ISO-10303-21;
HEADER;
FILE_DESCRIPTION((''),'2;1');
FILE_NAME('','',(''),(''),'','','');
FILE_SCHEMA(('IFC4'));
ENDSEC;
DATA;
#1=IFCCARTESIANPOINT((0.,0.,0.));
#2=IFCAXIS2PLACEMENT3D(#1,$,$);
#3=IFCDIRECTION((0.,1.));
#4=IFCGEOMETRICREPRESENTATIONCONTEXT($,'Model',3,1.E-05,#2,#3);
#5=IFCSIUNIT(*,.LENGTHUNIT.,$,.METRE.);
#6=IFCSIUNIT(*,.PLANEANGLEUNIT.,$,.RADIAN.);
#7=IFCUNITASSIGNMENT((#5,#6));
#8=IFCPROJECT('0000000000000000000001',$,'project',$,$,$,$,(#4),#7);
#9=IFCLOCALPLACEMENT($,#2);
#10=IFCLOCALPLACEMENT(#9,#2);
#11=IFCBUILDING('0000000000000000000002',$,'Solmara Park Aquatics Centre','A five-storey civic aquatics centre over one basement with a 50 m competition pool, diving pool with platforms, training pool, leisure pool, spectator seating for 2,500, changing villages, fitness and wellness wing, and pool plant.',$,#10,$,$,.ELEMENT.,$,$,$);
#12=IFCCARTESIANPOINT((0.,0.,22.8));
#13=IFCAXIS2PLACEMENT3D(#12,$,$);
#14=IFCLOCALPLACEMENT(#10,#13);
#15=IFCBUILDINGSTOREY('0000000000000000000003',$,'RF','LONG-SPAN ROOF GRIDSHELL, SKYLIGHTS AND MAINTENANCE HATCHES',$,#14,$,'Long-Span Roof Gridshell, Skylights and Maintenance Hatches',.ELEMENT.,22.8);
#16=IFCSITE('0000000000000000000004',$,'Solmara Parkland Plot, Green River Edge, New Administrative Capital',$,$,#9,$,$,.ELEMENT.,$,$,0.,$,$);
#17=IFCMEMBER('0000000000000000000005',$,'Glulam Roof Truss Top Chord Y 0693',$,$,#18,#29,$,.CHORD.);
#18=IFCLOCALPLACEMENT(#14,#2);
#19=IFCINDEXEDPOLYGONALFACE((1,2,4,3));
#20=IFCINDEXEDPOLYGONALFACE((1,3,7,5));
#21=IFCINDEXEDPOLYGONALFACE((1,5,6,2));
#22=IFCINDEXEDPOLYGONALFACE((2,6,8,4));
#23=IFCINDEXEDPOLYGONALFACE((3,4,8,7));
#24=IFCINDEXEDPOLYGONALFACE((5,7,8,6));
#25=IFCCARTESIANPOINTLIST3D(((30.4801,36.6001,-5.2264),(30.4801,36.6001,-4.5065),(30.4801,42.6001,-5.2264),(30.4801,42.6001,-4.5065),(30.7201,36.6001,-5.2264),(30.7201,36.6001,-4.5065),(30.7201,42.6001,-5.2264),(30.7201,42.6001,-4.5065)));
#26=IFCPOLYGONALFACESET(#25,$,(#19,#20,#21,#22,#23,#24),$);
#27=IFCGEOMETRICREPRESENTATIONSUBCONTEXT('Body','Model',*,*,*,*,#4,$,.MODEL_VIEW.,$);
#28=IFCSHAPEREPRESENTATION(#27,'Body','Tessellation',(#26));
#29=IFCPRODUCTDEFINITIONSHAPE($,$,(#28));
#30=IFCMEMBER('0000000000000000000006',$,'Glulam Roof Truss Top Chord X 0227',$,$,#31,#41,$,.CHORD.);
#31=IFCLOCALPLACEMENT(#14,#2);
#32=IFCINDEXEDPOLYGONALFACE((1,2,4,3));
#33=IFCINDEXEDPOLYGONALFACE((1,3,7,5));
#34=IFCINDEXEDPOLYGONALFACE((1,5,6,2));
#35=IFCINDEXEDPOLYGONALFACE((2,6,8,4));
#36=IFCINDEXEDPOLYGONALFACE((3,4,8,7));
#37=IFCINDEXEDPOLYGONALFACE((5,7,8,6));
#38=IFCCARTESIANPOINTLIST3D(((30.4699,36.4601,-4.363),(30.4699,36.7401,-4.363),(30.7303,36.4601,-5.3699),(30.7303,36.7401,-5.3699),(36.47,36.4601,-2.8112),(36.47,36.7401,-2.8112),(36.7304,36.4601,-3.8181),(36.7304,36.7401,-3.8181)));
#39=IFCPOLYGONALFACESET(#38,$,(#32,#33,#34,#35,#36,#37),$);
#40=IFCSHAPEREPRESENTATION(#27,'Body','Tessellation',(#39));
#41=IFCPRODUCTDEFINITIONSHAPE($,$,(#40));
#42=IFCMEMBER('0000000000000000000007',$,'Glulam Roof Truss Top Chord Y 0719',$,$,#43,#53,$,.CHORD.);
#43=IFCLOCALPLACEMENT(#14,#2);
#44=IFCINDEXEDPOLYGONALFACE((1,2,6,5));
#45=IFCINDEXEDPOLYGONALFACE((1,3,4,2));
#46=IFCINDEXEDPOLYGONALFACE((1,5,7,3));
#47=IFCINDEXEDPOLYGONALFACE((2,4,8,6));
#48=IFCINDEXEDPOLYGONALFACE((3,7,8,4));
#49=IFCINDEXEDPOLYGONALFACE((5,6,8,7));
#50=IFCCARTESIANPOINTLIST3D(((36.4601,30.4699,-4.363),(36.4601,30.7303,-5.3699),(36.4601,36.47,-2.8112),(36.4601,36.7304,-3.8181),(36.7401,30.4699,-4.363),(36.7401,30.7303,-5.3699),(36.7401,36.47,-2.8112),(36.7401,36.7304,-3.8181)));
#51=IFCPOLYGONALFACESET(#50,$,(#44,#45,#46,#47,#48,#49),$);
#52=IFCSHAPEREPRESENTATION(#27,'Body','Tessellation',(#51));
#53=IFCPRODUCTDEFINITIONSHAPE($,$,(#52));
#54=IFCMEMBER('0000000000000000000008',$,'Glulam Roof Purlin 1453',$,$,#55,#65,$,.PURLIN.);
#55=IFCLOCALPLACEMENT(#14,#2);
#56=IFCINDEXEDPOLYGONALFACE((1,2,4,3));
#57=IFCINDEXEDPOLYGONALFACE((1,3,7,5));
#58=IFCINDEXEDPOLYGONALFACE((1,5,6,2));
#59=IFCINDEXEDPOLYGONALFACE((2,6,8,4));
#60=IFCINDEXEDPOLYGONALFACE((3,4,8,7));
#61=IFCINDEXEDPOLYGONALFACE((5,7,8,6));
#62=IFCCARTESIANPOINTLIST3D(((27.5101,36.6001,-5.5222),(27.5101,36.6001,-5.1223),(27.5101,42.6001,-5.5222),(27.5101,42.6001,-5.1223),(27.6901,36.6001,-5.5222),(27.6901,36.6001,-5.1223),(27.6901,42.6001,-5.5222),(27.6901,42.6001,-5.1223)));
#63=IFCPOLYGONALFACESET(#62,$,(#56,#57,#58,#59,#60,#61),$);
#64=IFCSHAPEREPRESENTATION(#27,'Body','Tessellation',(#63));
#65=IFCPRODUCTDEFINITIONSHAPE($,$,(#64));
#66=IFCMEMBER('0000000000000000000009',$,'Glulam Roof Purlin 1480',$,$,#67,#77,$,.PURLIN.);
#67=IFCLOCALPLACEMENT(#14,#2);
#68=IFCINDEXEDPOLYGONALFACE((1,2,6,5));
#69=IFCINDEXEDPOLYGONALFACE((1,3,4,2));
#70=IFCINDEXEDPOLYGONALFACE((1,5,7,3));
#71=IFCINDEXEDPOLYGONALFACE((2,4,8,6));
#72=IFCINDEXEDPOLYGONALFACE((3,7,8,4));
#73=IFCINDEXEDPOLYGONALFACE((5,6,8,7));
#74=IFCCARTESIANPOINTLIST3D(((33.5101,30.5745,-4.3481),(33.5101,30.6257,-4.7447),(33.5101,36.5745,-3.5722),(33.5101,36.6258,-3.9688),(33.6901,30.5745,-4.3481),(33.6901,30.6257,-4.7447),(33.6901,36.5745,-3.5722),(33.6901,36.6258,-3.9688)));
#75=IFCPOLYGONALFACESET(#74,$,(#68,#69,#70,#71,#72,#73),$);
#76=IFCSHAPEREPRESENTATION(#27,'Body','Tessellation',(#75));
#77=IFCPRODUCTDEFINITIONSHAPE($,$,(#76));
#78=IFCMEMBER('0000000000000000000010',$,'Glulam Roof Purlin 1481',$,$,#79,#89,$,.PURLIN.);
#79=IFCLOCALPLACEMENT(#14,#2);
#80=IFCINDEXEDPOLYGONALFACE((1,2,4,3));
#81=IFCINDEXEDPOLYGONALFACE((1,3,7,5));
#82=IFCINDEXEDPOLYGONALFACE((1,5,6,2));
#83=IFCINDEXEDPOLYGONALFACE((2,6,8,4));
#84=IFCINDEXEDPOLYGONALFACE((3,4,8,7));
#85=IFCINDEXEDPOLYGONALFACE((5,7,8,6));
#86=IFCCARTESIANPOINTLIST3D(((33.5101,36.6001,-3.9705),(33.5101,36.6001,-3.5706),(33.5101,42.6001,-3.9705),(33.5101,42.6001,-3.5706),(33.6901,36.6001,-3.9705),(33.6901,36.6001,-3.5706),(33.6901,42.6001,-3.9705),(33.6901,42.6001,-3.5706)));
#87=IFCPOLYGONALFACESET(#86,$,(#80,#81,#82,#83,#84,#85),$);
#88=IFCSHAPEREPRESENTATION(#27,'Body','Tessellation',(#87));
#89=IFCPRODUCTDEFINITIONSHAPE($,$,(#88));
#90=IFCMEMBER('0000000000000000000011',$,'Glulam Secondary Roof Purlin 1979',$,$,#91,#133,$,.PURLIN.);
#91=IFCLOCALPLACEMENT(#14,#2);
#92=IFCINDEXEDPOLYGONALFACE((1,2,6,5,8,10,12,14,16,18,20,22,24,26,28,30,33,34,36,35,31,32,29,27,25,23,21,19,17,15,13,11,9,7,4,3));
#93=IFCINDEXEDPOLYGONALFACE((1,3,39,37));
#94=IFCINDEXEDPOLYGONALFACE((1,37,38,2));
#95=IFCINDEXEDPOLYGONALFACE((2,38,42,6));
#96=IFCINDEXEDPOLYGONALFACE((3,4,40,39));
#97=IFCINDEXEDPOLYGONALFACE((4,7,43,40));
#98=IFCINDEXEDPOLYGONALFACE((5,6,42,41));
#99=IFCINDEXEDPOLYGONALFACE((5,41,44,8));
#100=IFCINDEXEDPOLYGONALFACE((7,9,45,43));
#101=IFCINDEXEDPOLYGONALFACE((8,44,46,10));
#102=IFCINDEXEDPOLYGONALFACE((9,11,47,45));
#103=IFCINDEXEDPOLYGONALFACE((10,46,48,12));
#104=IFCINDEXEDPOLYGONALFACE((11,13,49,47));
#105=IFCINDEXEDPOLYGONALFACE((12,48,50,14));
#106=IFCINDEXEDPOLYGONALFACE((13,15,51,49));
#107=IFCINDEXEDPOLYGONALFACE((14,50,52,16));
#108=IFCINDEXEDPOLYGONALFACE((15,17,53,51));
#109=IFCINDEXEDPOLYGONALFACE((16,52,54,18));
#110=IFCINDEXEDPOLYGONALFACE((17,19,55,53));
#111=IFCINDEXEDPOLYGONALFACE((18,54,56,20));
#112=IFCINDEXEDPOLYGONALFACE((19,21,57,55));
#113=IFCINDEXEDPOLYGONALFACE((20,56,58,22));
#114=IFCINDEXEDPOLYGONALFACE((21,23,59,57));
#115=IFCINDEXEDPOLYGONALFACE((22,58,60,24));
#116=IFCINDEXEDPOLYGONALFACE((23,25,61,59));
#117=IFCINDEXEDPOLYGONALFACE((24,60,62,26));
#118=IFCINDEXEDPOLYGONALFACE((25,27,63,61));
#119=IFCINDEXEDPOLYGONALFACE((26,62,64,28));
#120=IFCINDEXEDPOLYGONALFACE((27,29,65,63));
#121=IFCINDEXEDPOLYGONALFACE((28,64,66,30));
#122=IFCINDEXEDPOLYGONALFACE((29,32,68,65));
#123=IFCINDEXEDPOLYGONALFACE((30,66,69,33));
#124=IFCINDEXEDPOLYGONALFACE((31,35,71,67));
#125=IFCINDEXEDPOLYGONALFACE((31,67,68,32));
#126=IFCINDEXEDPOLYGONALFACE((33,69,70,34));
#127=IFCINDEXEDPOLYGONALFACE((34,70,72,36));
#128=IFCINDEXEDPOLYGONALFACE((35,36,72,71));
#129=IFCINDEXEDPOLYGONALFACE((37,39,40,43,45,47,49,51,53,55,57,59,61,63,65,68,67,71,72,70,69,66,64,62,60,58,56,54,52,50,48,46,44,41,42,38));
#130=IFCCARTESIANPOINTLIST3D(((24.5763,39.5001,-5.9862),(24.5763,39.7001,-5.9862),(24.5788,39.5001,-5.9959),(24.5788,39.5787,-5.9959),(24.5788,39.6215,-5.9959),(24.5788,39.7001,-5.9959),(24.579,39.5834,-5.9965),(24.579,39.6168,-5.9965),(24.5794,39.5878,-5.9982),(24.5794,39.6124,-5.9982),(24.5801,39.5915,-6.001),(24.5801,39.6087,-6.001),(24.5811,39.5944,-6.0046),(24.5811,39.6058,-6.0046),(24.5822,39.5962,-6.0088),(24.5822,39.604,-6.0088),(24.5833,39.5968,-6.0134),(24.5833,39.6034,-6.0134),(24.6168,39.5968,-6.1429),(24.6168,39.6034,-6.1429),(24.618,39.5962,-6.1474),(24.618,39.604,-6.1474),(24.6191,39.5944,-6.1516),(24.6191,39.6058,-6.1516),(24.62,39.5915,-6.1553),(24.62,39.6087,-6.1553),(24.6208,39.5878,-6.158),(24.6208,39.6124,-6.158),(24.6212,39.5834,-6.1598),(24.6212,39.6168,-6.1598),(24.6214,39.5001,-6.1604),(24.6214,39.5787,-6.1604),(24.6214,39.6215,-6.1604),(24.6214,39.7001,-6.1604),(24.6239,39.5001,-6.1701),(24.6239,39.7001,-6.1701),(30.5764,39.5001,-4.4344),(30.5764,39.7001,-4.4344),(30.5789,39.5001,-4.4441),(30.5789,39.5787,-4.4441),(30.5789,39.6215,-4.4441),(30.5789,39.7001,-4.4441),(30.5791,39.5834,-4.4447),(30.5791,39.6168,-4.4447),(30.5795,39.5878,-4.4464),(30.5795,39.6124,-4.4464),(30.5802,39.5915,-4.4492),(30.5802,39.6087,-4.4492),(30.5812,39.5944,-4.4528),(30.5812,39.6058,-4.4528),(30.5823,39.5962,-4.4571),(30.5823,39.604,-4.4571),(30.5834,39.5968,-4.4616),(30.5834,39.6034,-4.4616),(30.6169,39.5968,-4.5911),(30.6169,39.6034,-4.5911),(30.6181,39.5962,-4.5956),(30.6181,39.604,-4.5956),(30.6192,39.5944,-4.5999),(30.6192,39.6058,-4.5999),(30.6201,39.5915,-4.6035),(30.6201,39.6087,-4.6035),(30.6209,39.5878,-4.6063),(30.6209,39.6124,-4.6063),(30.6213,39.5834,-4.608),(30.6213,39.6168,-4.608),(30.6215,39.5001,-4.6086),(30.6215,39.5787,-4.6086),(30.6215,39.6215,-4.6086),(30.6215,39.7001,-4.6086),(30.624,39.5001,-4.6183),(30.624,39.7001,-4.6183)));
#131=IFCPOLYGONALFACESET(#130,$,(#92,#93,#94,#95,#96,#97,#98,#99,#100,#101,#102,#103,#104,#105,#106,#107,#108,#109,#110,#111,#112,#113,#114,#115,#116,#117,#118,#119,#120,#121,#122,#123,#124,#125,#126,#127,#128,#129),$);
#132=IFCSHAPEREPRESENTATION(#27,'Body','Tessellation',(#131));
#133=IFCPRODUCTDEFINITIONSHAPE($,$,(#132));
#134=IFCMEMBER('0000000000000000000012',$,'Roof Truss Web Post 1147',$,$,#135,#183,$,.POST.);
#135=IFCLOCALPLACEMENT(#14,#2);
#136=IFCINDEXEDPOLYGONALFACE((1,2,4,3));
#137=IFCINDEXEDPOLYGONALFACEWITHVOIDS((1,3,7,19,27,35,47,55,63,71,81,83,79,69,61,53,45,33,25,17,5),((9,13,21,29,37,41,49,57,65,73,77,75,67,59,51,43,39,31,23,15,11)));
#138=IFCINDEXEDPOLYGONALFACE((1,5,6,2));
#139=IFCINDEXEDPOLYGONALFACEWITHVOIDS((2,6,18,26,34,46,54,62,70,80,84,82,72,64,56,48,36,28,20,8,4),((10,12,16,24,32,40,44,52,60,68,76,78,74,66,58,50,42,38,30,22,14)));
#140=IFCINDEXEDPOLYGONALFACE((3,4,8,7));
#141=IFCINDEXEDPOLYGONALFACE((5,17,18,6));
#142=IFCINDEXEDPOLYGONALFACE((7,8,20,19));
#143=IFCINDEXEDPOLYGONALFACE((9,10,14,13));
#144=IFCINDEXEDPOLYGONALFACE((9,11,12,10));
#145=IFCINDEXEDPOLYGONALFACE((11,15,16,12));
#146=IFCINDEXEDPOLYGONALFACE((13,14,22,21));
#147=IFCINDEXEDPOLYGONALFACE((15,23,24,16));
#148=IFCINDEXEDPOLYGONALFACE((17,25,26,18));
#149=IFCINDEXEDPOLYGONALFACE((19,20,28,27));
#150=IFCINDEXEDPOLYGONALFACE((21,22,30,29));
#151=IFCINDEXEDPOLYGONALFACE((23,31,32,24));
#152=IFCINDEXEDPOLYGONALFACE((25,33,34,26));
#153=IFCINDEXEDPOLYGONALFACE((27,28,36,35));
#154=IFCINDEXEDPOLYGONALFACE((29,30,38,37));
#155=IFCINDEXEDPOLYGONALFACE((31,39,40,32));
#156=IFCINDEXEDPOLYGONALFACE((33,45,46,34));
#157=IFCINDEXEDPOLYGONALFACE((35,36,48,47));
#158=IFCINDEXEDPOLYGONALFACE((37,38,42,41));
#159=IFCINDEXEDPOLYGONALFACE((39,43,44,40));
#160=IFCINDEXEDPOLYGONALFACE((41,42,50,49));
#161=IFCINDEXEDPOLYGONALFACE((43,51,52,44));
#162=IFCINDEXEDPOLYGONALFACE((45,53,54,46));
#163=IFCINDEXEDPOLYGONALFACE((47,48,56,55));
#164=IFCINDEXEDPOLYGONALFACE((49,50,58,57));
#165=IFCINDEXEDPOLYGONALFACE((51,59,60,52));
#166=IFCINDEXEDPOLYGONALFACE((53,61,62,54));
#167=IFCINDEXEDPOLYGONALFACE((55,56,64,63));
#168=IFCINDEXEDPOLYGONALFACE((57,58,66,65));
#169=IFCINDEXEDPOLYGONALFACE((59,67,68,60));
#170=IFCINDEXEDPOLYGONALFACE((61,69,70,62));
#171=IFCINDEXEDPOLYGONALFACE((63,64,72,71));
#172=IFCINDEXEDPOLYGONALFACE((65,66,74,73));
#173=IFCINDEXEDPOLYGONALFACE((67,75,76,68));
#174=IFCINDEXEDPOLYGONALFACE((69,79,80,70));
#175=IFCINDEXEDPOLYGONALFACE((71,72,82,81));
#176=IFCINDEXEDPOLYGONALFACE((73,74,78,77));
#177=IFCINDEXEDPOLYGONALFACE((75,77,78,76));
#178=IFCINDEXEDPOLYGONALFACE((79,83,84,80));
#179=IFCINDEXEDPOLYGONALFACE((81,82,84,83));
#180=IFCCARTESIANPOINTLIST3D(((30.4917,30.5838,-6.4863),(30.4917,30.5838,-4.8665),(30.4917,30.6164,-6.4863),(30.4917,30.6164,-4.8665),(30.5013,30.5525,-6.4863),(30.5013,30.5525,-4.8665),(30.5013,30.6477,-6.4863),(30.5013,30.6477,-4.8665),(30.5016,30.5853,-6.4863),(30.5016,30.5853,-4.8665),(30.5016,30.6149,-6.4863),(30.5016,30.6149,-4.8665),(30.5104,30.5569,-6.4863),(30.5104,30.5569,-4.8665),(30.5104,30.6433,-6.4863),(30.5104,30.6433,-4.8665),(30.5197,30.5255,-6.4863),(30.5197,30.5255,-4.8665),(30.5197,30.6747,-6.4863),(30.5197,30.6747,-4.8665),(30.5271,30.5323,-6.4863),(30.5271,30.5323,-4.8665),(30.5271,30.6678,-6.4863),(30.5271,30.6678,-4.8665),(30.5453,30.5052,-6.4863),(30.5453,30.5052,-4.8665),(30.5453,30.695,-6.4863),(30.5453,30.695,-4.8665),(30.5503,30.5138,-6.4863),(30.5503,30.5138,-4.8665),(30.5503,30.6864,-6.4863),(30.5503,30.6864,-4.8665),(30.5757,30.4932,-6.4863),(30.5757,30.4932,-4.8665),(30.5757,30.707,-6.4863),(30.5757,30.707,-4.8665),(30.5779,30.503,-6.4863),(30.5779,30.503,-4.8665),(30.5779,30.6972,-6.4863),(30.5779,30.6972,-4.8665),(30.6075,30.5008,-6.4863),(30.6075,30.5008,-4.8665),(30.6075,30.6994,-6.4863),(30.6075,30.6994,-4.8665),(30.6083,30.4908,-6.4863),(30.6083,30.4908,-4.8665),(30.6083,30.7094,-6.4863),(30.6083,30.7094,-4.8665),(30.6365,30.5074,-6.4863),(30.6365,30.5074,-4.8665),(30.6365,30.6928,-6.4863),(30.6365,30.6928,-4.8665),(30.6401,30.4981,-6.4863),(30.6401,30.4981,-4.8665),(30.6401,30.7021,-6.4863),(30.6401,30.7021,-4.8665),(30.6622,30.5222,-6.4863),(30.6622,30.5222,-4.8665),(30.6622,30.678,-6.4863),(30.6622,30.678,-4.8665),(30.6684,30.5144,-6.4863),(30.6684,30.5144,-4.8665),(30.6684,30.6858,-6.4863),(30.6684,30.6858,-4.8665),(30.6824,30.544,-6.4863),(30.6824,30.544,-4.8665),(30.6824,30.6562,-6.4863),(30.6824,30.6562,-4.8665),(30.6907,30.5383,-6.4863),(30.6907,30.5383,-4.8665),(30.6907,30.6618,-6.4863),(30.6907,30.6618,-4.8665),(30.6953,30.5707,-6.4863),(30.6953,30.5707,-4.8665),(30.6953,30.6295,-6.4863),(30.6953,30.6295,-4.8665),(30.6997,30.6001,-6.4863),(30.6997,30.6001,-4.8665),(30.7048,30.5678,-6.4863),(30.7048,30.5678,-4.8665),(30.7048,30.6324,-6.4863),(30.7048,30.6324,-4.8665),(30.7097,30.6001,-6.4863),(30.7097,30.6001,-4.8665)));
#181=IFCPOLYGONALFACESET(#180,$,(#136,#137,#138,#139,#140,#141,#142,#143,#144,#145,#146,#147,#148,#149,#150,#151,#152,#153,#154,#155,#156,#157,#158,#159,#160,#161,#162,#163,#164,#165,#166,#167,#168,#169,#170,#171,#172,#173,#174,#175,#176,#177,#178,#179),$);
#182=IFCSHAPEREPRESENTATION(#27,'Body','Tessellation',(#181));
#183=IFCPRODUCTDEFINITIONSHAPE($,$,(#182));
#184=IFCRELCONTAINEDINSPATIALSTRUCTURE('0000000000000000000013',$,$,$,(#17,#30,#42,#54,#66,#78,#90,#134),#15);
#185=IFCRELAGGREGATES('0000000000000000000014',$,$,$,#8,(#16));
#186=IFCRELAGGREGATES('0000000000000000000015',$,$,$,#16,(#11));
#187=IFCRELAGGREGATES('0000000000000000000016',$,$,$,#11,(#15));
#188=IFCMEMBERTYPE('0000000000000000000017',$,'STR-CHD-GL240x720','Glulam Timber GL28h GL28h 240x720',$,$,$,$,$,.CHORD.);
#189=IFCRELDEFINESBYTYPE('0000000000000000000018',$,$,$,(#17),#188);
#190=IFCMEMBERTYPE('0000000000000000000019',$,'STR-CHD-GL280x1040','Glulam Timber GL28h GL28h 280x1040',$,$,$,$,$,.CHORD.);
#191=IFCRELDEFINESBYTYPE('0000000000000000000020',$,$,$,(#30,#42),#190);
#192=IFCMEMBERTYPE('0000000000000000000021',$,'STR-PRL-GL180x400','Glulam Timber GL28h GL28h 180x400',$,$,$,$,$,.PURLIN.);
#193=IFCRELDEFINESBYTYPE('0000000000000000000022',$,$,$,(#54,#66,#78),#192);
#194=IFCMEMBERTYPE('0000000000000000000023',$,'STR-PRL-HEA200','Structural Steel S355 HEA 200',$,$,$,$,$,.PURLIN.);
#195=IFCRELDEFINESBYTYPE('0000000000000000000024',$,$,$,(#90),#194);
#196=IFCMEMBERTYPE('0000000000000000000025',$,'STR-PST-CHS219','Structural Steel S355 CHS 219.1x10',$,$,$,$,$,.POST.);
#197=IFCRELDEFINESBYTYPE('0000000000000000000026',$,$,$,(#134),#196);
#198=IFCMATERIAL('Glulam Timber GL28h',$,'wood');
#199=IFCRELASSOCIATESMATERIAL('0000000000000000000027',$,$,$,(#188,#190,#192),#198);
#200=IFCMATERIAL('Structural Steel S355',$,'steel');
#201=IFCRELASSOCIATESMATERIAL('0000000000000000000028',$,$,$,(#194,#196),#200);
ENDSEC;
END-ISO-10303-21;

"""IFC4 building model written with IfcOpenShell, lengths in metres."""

from ifc_helpers import new_model, si_unit, direction, frame, origin, origin_2d, place, context, subcontext, project, spatial, rectangle, hollow_circle, i_section, extrude, material, material_profile, profile_set, type_object, element, save


model = new_model("IFC4")

# Units and contexts
model_context = context("Model", 3, precision=1e-05, world=origin(), true_north=direction((0.0, 1.0)))
body_context = subcontext(model_context, "Body", "Model", "MODEL_VIEW")
ifc_project = project(units=[si_unit("LENGTHUNIT", "METRE"), si_unit("PLANEANGLEUNIT", "RADIAN")], contexts=[model_context])

# Site, building, storey
site_placement = place(None, origin())
site = spatial("IfcSite", under=ifc_project, at=site_placement, Name="Solmara Parkland Plot, Green River Edge, New Administrative Capital", CompositionType="ELEMENT", RefElevation=0.0)
building_placement = place(site_placement, origin())
building = spatial("IfcBuilding", under=site, at=building_placement, Name="Solmara Park Aquatics Centre", Description="A five-storey civic aquatics centre over one basement with a 50 m competition pool, diving pool with platforms, training pool, leisure pool, spectator seating for 2,500, changing villages, fitness and wellness wing, and pool plant.", CompositionType="ELEMENT")
storey_placement = place(building_placement, frame((0.0, 0.0, 22.8)))
storey = spatial("IfcBuildingStorey", under=building, at=storey_placement, Name="RF", Description="LONG-SPAN ROOF GRIDSHELL, SKYLIGHTS AND MAINTENANCE HATCHES", LongName="Long-Span Roof Gridshell, Skylights and Maintenance Hatches", CompositionType="ELEMENT", Elevation=22.8)

# Members
ifc_material_1 = material(Name="Structural Steel S355", Category="steel")
ifc_material_2 = material(Name="Glulam Timber GL28h", Category="wood")
ifc_material_profile_1 = material_profile(ifc_material_2, rectangle(XDim=0.24, YDim=0.72, at=origin_2d()), Name="GL28h 240x720")
ifc_profile_set_1 = profile_set([ifc_material_profile_1], Name="Glulam Timber GL28h")
member_type_1 = type_object("IfcMemberType", Name="STR-CHD-GL240x720", Description="Glulam Timber GL28h GL28h 240x720", PredefinedType="CHORD", material=ifc_profile_set_1)
for number, where, z_axis, x_axis, name in (
    (1, (30.6001, 36.6001, -4.8665), (0.0, 1.0, 0.0), (-1.0, 0.0, 0.0), "Glulam Roof Truss Top Chord Y 0693"),
):
    element("IfcMember", number, at=place(storey_placement, frame(where, z_axis=z_axis, x_axis=x_axis)), inside=storey, type_object=member_type_1, Name=name, PredefinedType="CHORD", context=body_context, shape_type="SweptSolid", body=[
        extrude(rectangle(XDim=0.24, YDim=0.72, at=origin_2d()), origin(), (0.0, 0.0, 1.0), 6.0),
    ])
ifc_material_profile_2 = material_profile(ifc_material_2, rectangle(XDim=0.28, YDim=1.04, at=origin_2d()), Name="GL28h 280x1040")
ifc_profile_set_2 = profile_set([ifc_material_profile_2], Name="Glulam Timber GL28h")
member_type_2 = type_object("IfcMemberType", Name="STR-CHD-GL280x1040", Description="Glulam Timber GL28h GL28h 280x1040", PredefinedType="CHORD", material=ifc_profile_set_2)
for number, where, z_axis, x_axis, name in (
    (2, (30.6001, 36.6001, -4.8665), (0.968146, 0.0, 0.250388), (0.0, 1.0, 0.0), "Glulam Roof Truss Top Chord X 0227"),
    (3, (36.6001, 30.6001, -4.8665), (0.0, 0.968146, 0.250388), (-1.0, 0.0, 0.0), "Glulam Roof Truss Top Chord Y 0719"),
):
    element("IfcMember", number, at=place(storey_placement, frame(where, z_axis=z_axis, x_axis=x_axis)), inside=storey, type_object=member_type_2, Name=name, PredefinedType="CHORD", context=body_context, shape_type="SweptSolid", body=[
        extrude(rectangle(XDim=0.28, YDim=1.04, at=origin_2d()), origin(), (0.0, 0.0, 1.0), 6.1975),
    ])
ifc_material_profile_3 = material_profile(ifc_material_2, rectangle(XDim=0.1799, YDim=0.3999, at=origin_2d()), Name="GL28h 180x400")
ifc_profile_set_3 = profile_set([ifc_material_profile_3], Name="Glulam Timber GL28h")
member_type_3 = type_object("IfcMemberType", Name="STR-PRL-GL180x400", Description="Glulam Timber GL28h GL28h 180x400", PredefinedType="PURLIN", material=ifc_profile_set_3)
member_1_placement = place(storey_placement, frame((27.6001, 36.6001, -5.3223), z_axis=(0.0, 1.0, 0.0), x_axis=(-1.0, 0.0, 0.0)))
element("IfcMember", 4, at=member_1_placement, inside=storey, type_object=member_type_3, Name="Glulam Roof Purlin 1453", PredefinedType="PURLIN", context=body_context, shape_type="SweptSolid", body=[
    extrude(rectangle(XDim=0.1799, YDim=0.3999, at=origin_2d()), origin(), (0.0, 0.0, 1.0), 6.0),
])
member_2_placement = place(storey_placement, frame((33.6001, 30.6001, -4.5464), z_axis=(0.0, 0.991742, 0.128245), x_axis=(-1.0, 0.0, 0.0)))
element("IfcMember", 5, at=member_2_placement, inside=storey, type_object=member_type_3, Name="Glulam Roof Purlin 1480", PredefinedType="PURLIN", context=body_context, shape_type="SweptSolid", body=[
    extrude(rectangle(XDim=0.1799, YDim=0.3999, at=origin_2d()), origin(), (0.0, 0.0, 1.0), 6.05),
])
member_3_placement = place(storey_placement, frame((33.6001, 36.6001, -3.7705), z_axis=(0.0, 1.0, 0.0), x_axis=(-1.0, 0.0, 0.0)))
element("IfcMember", 6, at=member_3_placement, inside=storey, type_object=member_type_3, Name="Glulam Roof Purlin 1481", PredefinedType="PURLIN", context=body_context, shape_type="SweptSolid", body=[
    extrude(rectangle(XDim=0.1799, YDim=0.3999, at=origin_2d()), origin(), (0.0, 0.0, 1.0), 6.0),
])
ifc_material_profile_4 = material_profile(ifc_material_1, i_section(OverallWidth=0.2, OverallDepth=0.1899, WebThickness=0.0066, FlangeThickness=0.01, FilletRadius=0.0181, at=origin_2d()), Name="HEA 200")
ifc_profile_set_4 = profile_set([ifc_material_profile_4], Name="Structural Steel S355")
member_type_4 = type_object("IfcMemberType", Name="STR-PRL-HEA200", Description="Structural Steel S355 HEA 200", PredefinedType="PURLIN", material=ifc_profile_set_4)
member_4_placement = place(storey_placement, frame((24.6001, 39.6001, -6.0781), z_axis=(0.968146, 0.0, 0.250388), x_axis=(0.0, 1.0, 0.0)))
element("IfcMember", 7, at=member_4_placement, inside=storey, type_object=member_type_4, Name="Glulam Secondary Roof Purlin 1979", PredefinedType="PURLIN", context=body_context, shape_type="SweptSolid", body=[
    extrude(i_section(OverallWidth=0.2, OverallDepth=0.1899, WebThickness=0.0066, FlangeThickness=0.01, FilletRadius=0.0181, at=origin_2d()), origin(), (0.0, 0.0, 1.0), 6.1975),
])
ifc_material_profile_5 = material_profile(ifc_material_1, hollow_circle(Radius=0.1096, WallThickness=0.01, at=origin_2d()), Name="CHS 219.1x10")
ifc_profile_set_5 = profile_set([ifc_material_profile_5], Name="Structural Steel S355")
member_type_5 = type_object("IfcMemberType", Name="STR-PST-CHS219", Description="Structural Steel S355 CHS 219.1x10", PredefinedType="POST", material=ifc_profile_set_5)
for number, where, z_axis, x_axis, name in (
    (8, (30.6001, 30.6001, -6.4863), (0.0, 0.0, 1.0), (1.0, 0.0, 0.0), "Roof Truss Web Post 1147"),
):
    element("IfcMember", number, at=place(storey_placement, frame(where, z_axis=z_axis, x_axis=x_axis)), inside=storey, type_object=member_type_5, Name=name, PredefinedType="POST", context=body_context, shape_type="SweptSolid", body=[
        extrude(hollow_circle(Radius=0.1096, WallThickness=0.01, at=origin_2d()), origin(), (0.0, 0.0, 1.0), 1.6199),
    ])

save(model, "model.ifc")
